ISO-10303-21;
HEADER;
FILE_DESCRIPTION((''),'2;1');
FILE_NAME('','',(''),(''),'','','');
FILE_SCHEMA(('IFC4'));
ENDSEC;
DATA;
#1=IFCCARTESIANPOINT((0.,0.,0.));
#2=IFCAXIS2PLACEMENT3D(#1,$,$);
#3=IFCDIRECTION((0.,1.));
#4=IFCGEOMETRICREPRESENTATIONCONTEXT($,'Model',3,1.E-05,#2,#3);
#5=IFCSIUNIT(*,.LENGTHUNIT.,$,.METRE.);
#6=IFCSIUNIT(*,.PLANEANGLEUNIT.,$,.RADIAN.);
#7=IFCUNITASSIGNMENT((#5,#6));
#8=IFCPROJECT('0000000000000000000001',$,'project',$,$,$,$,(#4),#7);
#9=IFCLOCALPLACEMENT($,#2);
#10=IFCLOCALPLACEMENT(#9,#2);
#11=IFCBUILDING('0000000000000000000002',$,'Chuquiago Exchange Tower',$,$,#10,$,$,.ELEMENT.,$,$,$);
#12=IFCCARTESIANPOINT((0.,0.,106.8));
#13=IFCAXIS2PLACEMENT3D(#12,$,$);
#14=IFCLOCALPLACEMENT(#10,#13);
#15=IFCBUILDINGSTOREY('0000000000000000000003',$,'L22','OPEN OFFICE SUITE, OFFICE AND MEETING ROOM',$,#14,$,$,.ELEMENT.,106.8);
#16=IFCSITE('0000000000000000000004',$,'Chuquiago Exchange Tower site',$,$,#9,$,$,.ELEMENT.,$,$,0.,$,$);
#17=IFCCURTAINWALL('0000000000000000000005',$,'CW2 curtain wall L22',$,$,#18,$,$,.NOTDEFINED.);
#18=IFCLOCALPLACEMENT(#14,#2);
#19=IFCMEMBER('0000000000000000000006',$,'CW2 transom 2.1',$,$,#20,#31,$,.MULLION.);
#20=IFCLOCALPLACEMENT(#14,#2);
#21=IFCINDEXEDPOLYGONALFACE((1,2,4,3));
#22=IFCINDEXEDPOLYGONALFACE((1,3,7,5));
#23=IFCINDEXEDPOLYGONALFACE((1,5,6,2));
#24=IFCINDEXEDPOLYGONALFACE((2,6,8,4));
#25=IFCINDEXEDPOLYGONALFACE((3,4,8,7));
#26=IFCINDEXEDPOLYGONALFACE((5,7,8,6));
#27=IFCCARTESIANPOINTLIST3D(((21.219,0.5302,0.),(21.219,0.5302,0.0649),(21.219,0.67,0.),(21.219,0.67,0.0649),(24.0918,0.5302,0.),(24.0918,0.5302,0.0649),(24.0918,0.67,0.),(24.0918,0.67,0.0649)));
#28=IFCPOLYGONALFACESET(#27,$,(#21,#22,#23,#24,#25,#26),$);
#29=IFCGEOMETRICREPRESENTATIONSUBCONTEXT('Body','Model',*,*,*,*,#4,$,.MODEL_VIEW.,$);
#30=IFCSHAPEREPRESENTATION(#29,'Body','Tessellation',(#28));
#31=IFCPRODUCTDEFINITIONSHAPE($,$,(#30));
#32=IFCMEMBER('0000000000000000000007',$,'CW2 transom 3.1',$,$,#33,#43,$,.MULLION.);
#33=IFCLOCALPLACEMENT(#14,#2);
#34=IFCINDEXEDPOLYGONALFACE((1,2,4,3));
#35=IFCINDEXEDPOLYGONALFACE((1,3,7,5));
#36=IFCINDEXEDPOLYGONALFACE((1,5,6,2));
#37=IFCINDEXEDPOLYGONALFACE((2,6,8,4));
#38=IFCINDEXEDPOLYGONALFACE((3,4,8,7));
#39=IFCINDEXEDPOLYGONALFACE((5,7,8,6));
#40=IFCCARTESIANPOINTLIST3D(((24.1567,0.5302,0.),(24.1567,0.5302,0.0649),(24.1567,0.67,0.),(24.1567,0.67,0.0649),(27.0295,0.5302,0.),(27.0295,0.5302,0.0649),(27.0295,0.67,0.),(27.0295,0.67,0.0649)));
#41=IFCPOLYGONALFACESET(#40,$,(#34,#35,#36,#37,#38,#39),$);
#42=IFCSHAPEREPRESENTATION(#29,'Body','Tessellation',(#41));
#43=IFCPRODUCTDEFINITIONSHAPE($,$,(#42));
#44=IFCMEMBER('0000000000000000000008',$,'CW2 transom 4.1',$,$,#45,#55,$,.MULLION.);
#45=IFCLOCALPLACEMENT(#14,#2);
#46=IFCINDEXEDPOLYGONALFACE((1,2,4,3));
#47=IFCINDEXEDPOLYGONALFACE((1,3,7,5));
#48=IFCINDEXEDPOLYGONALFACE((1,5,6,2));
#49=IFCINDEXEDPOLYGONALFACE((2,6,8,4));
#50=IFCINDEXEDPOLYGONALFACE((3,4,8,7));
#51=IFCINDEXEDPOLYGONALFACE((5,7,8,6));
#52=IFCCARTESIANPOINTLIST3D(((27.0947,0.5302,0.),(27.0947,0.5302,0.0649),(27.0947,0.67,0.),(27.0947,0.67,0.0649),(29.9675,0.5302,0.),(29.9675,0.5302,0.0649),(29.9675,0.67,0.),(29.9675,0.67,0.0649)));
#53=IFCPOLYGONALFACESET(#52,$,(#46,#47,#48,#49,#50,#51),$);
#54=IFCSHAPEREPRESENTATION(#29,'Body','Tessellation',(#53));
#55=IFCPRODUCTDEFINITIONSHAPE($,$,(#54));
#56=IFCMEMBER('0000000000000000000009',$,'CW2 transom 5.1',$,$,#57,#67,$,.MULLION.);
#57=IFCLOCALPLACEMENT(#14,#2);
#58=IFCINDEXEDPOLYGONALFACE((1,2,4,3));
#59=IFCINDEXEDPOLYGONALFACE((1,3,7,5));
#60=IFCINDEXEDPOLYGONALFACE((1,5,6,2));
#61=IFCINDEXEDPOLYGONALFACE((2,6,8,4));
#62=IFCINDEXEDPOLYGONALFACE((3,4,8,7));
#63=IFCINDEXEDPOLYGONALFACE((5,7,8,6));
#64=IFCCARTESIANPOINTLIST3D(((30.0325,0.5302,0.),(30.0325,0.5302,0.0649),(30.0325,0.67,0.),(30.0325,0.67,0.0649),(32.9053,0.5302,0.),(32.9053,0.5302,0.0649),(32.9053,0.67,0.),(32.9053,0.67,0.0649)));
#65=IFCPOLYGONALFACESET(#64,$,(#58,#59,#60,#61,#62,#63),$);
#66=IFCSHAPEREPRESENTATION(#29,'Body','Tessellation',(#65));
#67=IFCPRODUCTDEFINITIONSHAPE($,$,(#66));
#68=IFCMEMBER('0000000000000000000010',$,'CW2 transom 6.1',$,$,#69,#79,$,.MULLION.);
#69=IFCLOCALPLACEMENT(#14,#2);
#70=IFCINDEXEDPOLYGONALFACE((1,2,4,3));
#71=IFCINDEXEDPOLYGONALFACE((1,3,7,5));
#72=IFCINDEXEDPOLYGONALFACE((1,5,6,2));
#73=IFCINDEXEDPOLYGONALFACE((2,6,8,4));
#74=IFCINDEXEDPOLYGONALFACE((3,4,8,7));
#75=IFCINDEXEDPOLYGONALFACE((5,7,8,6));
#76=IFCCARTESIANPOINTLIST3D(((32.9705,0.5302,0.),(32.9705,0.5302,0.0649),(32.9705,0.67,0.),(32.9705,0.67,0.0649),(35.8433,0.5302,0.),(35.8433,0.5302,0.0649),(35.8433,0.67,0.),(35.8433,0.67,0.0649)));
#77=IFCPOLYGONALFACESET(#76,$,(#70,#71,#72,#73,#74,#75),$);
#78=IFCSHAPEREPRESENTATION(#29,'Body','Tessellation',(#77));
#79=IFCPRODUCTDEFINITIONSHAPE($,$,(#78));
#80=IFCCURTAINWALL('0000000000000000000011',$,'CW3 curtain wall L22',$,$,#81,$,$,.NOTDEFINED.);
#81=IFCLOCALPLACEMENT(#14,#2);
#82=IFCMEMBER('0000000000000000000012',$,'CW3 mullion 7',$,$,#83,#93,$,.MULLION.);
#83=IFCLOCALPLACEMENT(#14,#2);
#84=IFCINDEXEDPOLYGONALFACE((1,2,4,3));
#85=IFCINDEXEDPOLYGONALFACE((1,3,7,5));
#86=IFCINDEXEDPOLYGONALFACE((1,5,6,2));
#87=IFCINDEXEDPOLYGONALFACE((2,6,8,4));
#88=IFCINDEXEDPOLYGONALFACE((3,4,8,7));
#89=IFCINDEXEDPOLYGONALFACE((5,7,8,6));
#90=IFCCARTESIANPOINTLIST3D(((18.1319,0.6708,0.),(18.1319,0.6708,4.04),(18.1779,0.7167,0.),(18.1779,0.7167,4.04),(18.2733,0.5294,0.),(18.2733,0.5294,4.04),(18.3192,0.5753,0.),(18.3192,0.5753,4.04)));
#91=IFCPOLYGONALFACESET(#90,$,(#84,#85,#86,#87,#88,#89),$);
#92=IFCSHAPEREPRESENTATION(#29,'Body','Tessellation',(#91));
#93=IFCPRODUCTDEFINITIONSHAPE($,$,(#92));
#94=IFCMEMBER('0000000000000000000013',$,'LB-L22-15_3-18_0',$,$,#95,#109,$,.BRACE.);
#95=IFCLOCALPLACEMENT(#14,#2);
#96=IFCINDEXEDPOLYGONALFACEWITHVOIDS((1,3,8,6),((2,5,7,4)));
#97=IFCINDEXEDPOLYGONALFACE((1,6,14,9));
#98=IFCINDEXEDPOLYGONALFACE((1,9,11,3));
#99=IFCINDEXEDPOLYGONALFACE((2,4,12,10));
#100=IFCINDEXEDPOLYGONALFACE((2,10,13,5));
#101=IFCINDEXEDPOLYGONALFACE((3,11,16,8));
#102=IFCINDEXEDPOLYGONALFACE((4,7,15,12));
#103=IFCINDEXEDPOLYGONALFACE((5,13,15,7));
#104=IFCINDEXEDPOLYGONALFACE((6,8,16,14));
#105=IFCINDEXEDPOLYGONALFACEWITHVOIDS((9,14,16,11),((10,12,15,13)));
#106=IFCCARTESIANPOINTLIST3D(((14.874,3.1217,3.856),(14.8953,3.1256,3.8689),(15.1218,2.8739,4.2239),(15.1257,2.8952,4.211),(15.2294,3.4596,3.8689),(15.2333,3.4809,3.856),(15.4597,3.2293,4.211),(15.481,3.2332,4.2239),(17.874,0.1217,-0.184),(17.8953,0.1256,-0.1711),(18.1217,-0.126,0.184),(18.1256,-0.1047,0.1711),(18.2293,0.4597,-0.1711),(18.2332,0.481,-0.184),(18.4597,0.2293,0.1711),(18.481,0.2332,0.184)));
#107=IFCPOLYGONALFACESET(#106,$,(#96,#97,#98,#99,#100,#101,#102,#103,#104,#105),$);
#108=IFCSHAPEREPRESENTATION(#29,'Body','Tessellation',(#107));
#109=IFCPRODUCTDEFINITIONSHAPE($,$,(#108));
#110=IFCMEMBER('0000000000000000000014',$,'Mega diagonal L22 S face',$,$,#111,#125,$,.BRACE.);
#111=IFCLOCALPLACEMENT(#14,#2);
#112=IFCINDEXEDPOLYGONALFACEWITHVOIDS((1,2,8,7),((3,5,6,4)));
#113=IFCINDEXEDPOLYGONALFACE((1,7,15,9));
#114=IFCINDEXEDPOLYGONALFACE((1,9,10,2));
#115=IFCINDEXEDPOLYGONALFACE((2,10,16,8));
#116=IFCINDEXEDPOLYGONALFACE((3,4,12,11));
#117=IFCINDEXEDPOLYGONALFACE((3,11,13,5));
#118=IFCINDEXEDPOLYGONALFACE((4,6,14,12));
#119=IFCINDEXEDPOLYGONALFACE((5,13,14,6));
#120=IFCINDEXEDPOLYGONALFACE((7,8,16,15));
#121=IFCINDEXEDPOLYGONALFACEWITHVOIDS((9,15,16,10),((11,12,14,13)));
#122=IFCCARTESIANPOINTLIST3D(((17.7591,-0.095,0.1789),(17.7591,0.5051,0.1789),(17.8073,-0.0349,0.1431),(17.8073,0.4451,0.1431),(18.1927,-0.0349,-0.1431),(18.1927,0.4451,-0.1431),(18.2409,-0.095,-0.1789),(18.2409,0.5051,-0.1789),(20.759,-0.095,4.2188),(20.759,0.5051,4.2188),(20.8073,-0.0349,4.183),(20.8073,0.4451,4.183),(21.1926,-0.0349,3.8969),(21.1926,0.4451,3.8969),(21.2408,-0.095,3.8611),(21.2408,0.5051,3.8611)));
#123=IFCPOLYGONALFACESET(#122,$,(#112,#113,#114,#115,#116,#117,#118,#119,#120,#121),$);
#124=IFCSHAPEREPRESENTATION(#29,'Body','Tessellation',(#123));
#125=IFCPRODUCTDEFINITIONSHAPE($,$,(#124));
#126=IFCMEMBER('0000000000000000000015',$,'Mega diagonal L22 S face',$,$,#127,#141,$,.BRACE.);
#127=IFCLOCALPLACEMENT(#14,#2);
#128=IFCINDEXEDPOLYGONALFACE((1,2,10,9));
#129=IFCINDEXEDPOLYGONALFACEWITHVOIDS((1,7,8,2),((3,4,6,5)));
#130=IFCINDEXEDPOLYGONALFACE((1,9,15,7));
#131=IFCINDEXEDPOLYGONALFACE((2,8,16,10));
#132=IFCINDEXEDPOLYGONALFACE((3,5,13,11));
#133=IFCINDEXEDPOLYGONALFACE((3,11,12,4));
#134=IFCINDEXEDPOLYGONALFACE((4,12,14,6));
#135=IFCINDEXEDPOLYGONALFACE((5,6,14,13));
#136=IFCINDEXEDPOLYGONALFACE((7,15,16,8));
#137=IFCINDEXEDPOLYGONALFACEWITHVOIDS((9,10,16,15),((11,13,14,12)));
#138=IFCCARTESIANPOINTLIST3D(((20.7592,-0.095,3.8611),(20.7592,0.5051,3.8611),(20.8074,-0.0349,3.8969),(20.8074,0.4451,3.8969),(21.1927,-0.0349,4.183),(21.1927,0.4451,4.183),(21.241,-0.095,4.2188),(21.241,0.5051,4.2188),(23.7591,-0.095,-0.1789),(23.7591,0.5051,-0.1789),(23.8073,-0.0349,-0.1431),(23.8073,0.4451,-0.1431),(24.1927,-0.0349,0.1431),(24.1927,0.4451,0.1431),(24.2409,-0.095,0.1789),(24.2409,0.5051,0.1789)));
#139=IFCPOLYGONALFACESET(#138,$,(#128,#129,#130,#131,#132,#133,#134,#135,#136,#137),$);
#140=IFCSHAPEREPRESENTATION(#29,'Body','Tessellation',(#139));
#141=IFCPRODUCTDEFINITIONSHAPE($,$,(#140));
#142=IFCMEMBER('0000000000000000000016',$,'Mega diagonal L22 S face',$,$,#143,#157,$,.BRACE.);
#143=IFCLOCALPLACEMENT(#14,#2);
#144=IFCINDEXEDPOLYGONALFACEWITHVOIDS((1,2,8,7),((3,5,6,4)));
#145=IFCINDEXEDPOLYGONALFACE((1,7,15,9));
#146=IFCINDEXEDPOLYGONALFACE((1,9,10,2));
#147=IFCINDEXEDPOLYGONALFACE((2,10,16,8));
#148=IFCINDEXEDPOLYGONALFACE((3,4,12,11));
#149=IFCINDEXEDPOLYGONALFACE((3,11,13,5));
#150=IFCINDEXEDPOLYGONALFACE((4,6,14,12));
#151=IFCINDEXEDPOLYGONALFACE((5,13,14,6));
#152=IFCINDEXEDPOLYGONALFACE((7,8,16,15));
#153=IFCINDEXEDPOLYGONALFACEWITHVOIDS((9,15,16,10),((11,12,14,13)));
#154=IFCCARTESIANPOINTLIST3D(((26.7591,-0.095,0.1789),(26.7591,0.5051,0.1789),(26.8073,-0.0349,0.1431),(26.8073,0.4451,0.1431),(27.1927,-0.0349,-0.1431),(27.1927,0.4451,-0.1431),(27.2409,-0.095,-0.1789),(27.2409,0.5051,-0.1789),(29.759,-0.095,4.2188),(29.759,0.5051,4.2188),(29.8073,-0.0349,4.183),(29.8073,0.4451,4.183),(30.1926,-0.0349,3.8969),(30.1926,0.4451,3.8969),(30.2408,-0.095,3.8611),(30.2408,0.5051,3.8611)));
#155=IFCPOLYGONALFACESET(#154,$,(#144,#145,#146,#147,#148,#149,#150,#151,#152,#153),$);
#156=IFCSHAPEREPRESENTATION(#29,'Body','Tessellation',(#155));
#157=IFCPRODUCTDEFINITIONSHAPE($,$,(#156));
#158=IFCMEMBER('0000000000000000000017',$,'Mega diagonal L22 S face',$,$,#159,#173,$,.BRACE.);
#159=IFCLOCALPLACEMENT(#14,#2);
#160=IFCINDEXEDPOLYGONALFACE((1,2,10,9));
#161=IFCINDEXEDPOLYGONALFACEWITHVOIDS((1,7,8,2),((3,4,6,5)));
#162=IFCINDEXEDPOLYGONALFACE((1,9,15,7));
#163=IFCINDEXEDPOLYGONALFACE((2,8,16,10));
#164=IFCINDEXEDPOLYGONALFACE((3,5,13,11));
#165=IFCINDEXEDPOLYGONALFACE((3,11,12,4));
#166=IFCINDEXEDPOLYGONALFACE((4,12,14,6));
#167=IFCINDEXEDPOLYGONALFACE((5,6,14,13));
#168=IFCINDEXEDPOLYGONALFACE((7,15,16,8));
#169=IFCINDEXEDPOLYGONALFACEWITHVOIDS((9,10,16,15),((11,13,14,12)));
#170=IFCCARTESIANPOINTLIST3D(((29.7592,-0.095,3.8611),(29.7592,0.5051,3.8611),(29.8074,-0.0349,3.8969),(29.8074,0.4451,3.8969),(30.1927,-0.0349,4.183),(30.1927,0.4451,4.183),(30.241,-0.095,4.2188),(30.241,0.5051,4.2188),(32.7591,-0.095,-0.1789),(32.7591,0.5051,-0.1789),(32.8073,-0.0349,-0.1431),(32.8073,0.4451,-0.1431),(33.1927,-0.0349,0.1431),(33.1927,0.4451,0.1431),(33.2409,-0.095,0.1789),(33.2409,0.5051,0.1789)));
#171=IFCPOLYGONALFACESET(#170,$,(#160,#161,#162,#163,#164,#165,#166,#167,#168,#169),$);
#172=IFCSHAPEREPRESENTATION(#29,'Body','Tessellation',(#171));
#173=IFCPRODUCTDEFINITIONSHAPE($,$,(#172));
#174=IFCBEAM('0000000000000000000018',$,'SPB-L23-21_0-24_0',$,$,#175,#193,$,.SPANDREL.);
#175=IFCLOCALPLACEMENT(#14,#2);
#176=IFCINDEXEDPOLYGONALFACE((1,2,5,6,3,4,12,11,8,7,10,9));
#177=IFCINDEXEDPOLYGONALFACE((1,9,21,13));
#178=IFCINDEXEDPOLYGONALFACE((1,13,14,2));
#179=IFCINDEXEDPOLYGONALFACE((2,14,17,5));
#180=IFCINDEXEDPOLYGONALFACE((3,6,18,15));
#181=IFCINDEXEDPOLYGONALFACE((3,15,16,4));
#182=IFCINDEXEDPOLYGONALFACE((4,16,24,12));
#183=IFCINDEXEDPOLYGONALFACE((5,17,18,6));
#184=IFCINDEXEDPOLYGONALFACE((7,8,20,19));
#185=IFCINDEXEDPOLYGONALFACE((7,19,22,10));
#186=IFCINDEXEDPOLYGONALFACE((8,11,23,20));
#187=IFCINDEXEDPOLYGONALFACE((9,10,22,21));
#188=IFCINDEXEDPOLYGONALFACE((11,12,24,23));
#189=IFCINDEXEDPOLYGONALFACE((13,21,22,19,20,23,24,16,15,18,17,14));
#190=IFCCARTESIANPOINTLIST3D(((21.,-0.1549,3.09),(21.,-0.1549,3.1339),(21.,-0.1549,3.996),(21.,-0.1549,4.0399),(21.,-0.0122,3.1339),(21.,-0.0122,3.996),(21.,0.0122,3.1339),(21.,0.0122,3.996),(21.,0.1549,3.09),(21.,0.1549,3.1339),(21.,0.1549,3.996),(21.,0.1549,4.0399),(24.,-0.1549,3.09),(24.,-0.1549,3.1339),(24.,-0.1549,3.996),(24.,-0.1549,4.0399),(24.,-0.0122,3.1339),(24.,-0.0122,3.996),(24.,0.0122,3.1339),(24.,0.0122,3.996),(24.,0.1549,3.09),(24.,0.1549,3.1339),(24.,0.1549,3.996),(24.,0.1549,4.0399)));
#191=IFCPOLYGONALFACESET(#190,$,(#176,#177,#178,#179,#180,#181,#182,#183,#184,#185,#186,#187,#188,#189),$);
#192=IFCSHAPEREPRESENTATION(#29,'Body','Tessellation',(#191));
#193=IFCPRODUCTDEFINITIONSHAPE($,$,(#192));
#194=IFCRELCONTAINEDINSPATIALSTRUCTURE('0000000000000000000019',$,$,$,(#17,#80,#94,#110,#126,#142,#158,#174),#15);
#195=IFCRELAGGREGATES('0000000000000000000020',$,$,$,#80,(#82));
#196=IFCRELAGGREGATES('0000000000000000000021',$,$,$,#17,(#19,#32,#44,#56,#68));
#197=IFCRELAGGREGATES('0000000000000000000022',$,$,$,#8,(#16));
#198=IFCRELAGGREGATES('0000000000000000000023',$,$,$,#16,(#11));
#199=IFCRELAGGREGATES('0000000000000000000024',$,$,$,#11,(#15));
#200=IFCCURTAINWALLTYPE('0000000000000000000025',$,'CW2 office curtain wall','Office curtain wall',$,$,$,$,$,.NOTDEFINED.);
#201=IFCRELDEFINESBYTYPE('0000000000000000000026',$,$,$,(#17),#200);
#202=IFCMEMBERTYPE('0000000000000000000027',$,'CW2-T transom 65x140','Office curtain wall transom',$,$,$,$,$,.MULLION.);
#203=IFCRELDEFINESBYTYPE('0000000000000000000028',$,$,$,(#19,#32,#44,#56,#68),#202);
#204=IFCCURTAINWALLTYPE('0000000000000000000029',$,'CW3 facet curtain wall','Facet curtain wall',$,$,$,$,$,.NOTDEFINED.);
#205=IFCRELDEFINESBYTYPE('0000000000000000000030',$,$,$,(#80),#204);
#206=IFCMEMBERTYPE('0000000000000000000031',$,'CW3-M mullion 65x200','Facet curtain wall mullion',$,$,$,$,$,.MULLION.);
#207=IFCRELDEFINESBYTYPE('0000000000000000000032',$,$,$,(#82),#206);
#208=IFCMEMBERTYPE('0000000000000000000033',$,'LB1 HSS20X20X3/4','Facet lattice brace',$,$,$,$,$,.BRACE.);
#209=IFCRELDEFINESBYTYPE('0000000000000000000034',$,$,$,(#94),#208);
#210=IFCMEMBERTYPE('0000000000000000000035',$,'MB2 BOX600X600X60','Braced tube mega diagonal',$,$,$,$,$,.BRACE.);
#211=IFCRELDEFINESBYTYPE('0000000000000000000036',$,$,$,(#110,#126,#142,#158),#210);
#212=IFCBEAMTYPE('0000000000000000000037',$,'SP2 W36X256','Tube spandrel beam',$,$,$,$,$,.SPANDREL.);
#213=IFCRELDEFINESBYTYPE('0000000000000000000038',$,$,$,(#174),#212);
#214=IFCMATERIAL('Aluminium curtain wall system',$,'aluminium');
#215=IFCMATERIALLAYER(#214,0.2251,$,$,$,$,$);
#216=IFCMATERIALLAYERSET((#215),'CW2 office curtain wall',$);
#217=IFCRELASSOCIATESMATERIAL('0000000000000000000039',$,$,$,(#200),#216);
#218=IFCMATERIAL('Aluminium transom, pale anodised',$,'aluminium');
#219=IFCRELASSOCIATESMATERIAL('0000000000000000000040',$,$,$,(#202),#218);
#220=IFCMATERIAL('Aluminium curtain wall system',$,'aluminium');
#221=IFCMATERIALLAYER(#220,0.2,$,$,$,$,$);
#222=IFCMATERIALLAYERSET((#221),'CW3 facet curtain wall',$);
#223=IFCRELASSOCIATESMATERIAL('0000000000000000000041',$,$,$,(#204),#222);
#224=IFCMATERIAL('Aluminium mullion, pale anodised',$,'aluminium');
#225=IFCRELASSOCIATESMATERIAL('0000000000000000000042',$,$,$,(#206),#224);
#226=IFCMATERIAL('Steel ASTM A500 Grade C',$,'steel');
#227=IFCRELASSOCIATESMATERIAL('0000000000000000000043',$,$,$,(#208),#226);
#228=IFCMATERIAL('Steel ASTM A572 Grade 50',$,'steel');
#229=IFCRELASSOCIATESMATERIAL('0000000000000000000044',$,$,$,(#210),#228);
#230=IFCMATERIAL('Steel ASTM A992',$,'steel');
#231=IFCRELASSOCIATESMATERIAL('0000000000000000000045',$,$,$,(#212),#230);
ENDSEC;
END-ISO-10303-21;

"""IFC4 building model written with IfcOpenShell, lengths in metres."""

from ifc_helpers import new_model, si_unit, direction, frame, origin, origin_2d, place, context, subcontext, project, spatial, rectangle, hollow_rectangle, i_section, extrude, material, layer, layer_set, material_profile, profile_set, type_object, element, aggregate, save


model = new_model("IFC4")

# Units and contexts
model_context = context("Model", 3, precision=1e-05, world=origin(), true_north=direction((0.0, 1.0)))
body_context = subcontext(model_context, "Body", "Model", "MODEL_VIEW")
ifc_project = project(units=[si_unit("LENGTHUNIT", "METRE"), si_unit("PLANEANGLEUNIT", "RADIAN")], contexts=[model_context])

# Site, building, storey
site_placement = place(None, origin())
site = spatial("IfcSite", under=ifc_project, at=site_placement, Name="Chuquiago Exchange Tower site", CompositionType="ELEMENT", RefElevation=0.0)
building_placement = place(site_placement, origin())
building = spatial("IfcBuilding", under=site, at=building_placement, Name="Chuquiago Exchange Tower", CompositionType="ELEMENT")
storey_placement = place(building_placement, frame((0.0, 0.0, 106.8)))
storey = spatial("IfcBuildingStorey", under=building, at=storey_placement, Name="L22", Description="OPEN OFFICE SUITE, OFFICE AND MEETING ROOM", CompositionType="ELEMENT", Elevation=106.8)

# Curtain wall, members
ifc_material_1 = material(Name="Aluminium curtain wall system", Category="aluminium")
ifc_layer_1 = layer(ifc_material_1, 0.2251)
ifc_layer_set_1 = layer_set([ifc_layer_1], Name="CW2 office curtain wall")
curtain_wall_type_1 = type_object("IfcCurtainWallType", Name="CW2 office curtain wall", Description="Office curtain wall", PredefinedType="NOTDEFINED", material=ifc_layer_set_1)
curtain_wall_1_placement = place(storey_placement, origin())
curtain_wall_1 = element("IfcCurtainWall", 1, at=curtain_wall_1_placement, inside=storey, type_object=curtain_wall_type_1, Name="CW2 curtain wall L22", PredefinedType="NOTDEFINED")
ifc_material_2 = material(Name="Aluminium transom, pale anodised", Category="aluminium")
ifc_material_profile_1 = material_profile(ifc_material_2, rectangle(XDim=0.1399, YDim=0.0649, at=origin_2d()), Name="AL 140x65")
ifc_profile_set_1 = profile_set([ifc_material_profile_1], Name="Aluminium transom, pale anodised")
member_type_1 = type_object("IfcMemberType", Name="CW2-T transom 65x140", Description="Office curtain wall transom", PredefinedType="MULLION", material=ifc_profile_set_1)
member_1_placement = place(storey_placement, frame((21.219, 0.6001, 0.0325), z_axis=(1.0, 0.0, 0.0), x_axis=(0.0, 1.0, 0.0)))
member_1 = element("IfcMember", 2, at=member_1_placement, type_object=member_type_1, Name="CW2 transom 2.1", PredefinedType="MULLION", context=body_context, shape_type="SweptSolid", body=[
    extrude(rectangle(XDim=0.1399, YDim=0.0649, at=origin_2d()), origin(), (0.0, 0.0, 1.0), 2.8728),
])
member_2_placement = place(storey_placement, frame((24.1567, 0.6001, 0.0325), z_axis=(1.0, 0.0, 0.0), x_axis=(0.0, 1.0, 0.0)))
member_2 = element("IfcMember", 3, at=member_2_placement, type_object=member_type_1, Name="CW2 transom 3.1", PredefinedType="MULLION", context=body_context, shape_type="SweptSolid", body=[
    extrude(rectangle(XDim=0.1399, YDim=0.0649, at=origin_2d()), origin(), (0.0, 0.0, 1.0), 2.8728),
])
member_3_placement = place(storey_placement, frame((27.0947, 0.6001, 0.0325), z_axis=(1.0, 0.0, 0.0), x_axis=(0.0, 1.0, 0.0)))
member_3 = element("IfcMember", 4, at=member_3_placement, type_object=member_type_1, Name="CW2 transom 4.1", PredefinedType="MULLION", context=body_context, shape_type="SweptSolid", body=[
    extrude(rectangle(XDim=0.1399, YDim=0.0649, at=origin_2d()), origin(), (0.0, 0.0, 1.0), 2.8728),
])
member_4_placement = place(storey_placement, frame((30.0325, 0.6001, 0.0325), z_axis=(1.0, 0.0, 0.0), x_axis=(0.0, 1.0, 0.0)))
member_4 = element("IfcMember", 5, at=member_4_placement, type_object=member_type_1, Name="CW2 transom 5.1", PredefinedType="MULLION", context=body_context, shape_type="SweptSolid", body=[
    extrude(rectangle(XDim=0.1399, YDim=0.0649, at=origin_2d()), origin(), (0.0, 0.0, 1.0), 2.8728),
])
member_5_placement = place(storey_placement, frame((32.9705, 0.6001, 0.0325), z_axis=(1.0, 0.0, 0.0), x_axis=(0.0, 1.0, 0.0)))
member_5 = element("IfcMember", 6, at=member_5_placement, type_object=member_type_1, Name="CW2 transom 6.1", PredefinedType="MULLION", context=body_context, shape_type="SweptSolid", body=[
    extrude(rectangle(XDim=0.1399, YDim=0.0649, at=origin_2d()), origin(), (0.0, 0.0, 1.0), 2.8728),
])

# Curtain wall, member
ifc_material_3 = material(Name="Aluminium curtain wall system", Category="aluminium")
ifc_layer_2 = layer(ifc_material_3, 0.2)
ifc_layer_set_2 = layer_set([ifc_layer_2], Name="CW3 facet curtain wall")
curtain_wall_type_2 = type_object("IfcCurtainWallType", Name="CW3 facet curtain wall", Description="Facet curtain wall", PredefinedType="NOTDEFINED", material=ifc_layer_set_2)
curtain_wall_2_placement = place(storey_placement, origin())
curtain_wall_2 = element("IfcCurtainWall", 7, at=curtain_wall_2_placement, inside=storey, type_object=curtain_wall_type_2, Name="CW3 curtain wall L22", PredefinedType="NOTDEFINED")
ifc_material_4 = material(Name="Aluminium mullion, pale anodised", Category="aluminium")
ifc_material_profile_2 = material_profile(ifc_material_4, rectangle(XDim=0.0649, YDim=0.2, at=origin_2d()), Name="AL 65x200")
ifc_profile_set_2 = profile_set([ifc_material_profile_2], Name="Aluminium mullion, pale anodised")
member_type_2 = type_object("IfcMemberType", Name="CW3-M mullion 65x200", Description="Facet curtain wall mullion", PredefinedType="MULLION", material=ifc_profile_set_2)
member_6_placement = place(storey_placement, frame((18.2256, 0.623, 0.0), z_axis=(0.0, 0.0, 1.0), x_axis=(0.707107, 0.707107, 0.0)))
member_6 = element("IfcMember", 8, at=member_6_placement, type_object=member_type_2, Name="CW3 mullion 7", PredefinedType="MULLION", context=body_context, shape_type="SweptSolid", body=[
    extrude(rectangle(XDim=0.0649, YDim=0.2, at=origin_2d()), origin(), (0.0, 0.0, 1.0), 4.04),
])
aggregate(curtain_wall_2, [member_6])

# Members
ifc_material_5 = material(Name="Steel ASTM A500 Grade C", Category="steel")
ifc_material_profile_3 = material_profile(ifc_material_5, hollow_rectangle(XDim=0.5081, YDim=0.5081, WallThickness=0.0178, at=origin_2d()), Name="HSS20X20X3/4")
ifc_profile_set_3 = profile_set([ifc_material_profile_3], Name="Steel ASTM A500 Grade C")
member_type_3 = type_object("IfcMemberType", Name="LB1 HSS20X20X3/4", Description="Facet lattice brace", PredefinedType="BRACE", material=ifc_profile_set_3)
member_7_placement = place(storey_placement, frame((18.1775, 0.1775, 0.0), z_axis=(-0.512077, 0.512077, 0.689604), x_axis=(-0.707107, -0.707107, 0.0)))
element("IfcMember", 9, at=member_7_placement, inside=storey, type_object=member_type_3, Name="LB-L22-15_3-18_0", PredefinedType="BRACE", context=body_context, shape_type="SweptSolid", body=[
    extrude(hollow_rectangle(XDim=0.5081, YDim=0.5081, WallThickness=0.0178, at=origin_2d()), origin(), (0.0, 0.0, 1.0), 5.8584),
])
ifc_material_6 = material(Name="Steel ASTM A572 Grade 50", Category="steel")
ifc_material_profile_4 = material_profile(ifc_material_6, hollow_rectangle(XDim=0.6001, YDim=0.6001, WallThickness=0.0601, at=origin_2d()), Name="BOX600X600X60")
ifc_profile_set_4 = profile_set([ifc_material_profile_4], Name="Steel ASTM A572 Grade 50")
member_type_4 = type_object("IfcMemberType", Name="MB2 BOX600X600X60", Description="Braced tube mega diagonal", PredefinedType="BRACE", material=ifc_profile_set_4)
for number, where, z_axis, x_axis, name in (
    (10, (18.0, 0.2051, 0.0), (0.596174, 0.0, 0.802855), (0.0, 1.0, 0.0), "Mega diagonal L22 S face"),
    (11, (24.0, 0.2051, 0.0), (-0.596174, 0.0, 0.802855), (0.0, -1.0, 0.0), "Mega diagonal L22 S face"),
    (12, (27.0, 0.2051, 0.0), (0.596174, 0.0, 0.802855), (0.0, 1.0, 0.0), "Mega diagonal L22 S face"),
    (13, (33.0, 0.2051, 0.0), (-0.596174, 0.0, 0.802855), (0.0, -1.0, 0.0), "Mega diagonal L22 S face"),
):
    element("IfcMember", number, at=place(storey_placement, frame(where, z_axis=z_axis, x_axis=x_axis)), inside=storey, type_object=member_type_4, Name=name, PredefinedType="BRACE", context=body_context, shape_type="SweptSolid", body=[
        extrude(hollow_rectangle(XDim=0.6001, YDim=0.6001, WallThickness=0.0601, at=origin_2d()), origin(), (0.0, 0.0, 1.0), 5.032),
    ])

# Beam
ifc_material_7 = material(Name="Steel ASTM A992", Category="steel")
ifc_material_profile_5 = material_profile(ifc_material_7, i_section(OverallWidth=0.3098, OverallDepth=0.95, WebThickness=0.0244, FlangeThickness=0.0439, at=origin_2d()), Name="W36X256")
ifc_profile_set_5 = profile_set([ifc_material_profile_5], Name="Steel ASTM A992")
beam_type = type_object("IfcBeamType", Name="SP2 W36X256", Description="Tube spandrel beam", PredefinedType="SPANDREL", material=ifc_profile_set_5)
for number, where, z_axis, x_axis, name in (
    (14, (21.0, 0.0, 3.5649), (1.0, 0.0, 0.0), (0.0, 1.0, 0.0), "SPB-L23-21_0-24_0"),
):
    element("IfcBeam", number, at=place(storey_placement, frame(where, z_axis=z_axis, x_axis=x_axis)), inside=storey, type_object=beam_type, Name=name, PredefinedType="SPANDREL", context=body_context, shape_type="SweptSolid", body=[
        extrude(i_section(OverallWidth=0.3098, OverallDepth=0.95, WebThickness=0.0244, FlangeThickness=0.0439, at=origin_2d()), origin(), (0.0, 0.0, 1.0), 3.0),
    ])

aggregate(curtain_wall_1, [member_1, member_2, member_3, member_4, member_5])

save(model, "model.ifc")
